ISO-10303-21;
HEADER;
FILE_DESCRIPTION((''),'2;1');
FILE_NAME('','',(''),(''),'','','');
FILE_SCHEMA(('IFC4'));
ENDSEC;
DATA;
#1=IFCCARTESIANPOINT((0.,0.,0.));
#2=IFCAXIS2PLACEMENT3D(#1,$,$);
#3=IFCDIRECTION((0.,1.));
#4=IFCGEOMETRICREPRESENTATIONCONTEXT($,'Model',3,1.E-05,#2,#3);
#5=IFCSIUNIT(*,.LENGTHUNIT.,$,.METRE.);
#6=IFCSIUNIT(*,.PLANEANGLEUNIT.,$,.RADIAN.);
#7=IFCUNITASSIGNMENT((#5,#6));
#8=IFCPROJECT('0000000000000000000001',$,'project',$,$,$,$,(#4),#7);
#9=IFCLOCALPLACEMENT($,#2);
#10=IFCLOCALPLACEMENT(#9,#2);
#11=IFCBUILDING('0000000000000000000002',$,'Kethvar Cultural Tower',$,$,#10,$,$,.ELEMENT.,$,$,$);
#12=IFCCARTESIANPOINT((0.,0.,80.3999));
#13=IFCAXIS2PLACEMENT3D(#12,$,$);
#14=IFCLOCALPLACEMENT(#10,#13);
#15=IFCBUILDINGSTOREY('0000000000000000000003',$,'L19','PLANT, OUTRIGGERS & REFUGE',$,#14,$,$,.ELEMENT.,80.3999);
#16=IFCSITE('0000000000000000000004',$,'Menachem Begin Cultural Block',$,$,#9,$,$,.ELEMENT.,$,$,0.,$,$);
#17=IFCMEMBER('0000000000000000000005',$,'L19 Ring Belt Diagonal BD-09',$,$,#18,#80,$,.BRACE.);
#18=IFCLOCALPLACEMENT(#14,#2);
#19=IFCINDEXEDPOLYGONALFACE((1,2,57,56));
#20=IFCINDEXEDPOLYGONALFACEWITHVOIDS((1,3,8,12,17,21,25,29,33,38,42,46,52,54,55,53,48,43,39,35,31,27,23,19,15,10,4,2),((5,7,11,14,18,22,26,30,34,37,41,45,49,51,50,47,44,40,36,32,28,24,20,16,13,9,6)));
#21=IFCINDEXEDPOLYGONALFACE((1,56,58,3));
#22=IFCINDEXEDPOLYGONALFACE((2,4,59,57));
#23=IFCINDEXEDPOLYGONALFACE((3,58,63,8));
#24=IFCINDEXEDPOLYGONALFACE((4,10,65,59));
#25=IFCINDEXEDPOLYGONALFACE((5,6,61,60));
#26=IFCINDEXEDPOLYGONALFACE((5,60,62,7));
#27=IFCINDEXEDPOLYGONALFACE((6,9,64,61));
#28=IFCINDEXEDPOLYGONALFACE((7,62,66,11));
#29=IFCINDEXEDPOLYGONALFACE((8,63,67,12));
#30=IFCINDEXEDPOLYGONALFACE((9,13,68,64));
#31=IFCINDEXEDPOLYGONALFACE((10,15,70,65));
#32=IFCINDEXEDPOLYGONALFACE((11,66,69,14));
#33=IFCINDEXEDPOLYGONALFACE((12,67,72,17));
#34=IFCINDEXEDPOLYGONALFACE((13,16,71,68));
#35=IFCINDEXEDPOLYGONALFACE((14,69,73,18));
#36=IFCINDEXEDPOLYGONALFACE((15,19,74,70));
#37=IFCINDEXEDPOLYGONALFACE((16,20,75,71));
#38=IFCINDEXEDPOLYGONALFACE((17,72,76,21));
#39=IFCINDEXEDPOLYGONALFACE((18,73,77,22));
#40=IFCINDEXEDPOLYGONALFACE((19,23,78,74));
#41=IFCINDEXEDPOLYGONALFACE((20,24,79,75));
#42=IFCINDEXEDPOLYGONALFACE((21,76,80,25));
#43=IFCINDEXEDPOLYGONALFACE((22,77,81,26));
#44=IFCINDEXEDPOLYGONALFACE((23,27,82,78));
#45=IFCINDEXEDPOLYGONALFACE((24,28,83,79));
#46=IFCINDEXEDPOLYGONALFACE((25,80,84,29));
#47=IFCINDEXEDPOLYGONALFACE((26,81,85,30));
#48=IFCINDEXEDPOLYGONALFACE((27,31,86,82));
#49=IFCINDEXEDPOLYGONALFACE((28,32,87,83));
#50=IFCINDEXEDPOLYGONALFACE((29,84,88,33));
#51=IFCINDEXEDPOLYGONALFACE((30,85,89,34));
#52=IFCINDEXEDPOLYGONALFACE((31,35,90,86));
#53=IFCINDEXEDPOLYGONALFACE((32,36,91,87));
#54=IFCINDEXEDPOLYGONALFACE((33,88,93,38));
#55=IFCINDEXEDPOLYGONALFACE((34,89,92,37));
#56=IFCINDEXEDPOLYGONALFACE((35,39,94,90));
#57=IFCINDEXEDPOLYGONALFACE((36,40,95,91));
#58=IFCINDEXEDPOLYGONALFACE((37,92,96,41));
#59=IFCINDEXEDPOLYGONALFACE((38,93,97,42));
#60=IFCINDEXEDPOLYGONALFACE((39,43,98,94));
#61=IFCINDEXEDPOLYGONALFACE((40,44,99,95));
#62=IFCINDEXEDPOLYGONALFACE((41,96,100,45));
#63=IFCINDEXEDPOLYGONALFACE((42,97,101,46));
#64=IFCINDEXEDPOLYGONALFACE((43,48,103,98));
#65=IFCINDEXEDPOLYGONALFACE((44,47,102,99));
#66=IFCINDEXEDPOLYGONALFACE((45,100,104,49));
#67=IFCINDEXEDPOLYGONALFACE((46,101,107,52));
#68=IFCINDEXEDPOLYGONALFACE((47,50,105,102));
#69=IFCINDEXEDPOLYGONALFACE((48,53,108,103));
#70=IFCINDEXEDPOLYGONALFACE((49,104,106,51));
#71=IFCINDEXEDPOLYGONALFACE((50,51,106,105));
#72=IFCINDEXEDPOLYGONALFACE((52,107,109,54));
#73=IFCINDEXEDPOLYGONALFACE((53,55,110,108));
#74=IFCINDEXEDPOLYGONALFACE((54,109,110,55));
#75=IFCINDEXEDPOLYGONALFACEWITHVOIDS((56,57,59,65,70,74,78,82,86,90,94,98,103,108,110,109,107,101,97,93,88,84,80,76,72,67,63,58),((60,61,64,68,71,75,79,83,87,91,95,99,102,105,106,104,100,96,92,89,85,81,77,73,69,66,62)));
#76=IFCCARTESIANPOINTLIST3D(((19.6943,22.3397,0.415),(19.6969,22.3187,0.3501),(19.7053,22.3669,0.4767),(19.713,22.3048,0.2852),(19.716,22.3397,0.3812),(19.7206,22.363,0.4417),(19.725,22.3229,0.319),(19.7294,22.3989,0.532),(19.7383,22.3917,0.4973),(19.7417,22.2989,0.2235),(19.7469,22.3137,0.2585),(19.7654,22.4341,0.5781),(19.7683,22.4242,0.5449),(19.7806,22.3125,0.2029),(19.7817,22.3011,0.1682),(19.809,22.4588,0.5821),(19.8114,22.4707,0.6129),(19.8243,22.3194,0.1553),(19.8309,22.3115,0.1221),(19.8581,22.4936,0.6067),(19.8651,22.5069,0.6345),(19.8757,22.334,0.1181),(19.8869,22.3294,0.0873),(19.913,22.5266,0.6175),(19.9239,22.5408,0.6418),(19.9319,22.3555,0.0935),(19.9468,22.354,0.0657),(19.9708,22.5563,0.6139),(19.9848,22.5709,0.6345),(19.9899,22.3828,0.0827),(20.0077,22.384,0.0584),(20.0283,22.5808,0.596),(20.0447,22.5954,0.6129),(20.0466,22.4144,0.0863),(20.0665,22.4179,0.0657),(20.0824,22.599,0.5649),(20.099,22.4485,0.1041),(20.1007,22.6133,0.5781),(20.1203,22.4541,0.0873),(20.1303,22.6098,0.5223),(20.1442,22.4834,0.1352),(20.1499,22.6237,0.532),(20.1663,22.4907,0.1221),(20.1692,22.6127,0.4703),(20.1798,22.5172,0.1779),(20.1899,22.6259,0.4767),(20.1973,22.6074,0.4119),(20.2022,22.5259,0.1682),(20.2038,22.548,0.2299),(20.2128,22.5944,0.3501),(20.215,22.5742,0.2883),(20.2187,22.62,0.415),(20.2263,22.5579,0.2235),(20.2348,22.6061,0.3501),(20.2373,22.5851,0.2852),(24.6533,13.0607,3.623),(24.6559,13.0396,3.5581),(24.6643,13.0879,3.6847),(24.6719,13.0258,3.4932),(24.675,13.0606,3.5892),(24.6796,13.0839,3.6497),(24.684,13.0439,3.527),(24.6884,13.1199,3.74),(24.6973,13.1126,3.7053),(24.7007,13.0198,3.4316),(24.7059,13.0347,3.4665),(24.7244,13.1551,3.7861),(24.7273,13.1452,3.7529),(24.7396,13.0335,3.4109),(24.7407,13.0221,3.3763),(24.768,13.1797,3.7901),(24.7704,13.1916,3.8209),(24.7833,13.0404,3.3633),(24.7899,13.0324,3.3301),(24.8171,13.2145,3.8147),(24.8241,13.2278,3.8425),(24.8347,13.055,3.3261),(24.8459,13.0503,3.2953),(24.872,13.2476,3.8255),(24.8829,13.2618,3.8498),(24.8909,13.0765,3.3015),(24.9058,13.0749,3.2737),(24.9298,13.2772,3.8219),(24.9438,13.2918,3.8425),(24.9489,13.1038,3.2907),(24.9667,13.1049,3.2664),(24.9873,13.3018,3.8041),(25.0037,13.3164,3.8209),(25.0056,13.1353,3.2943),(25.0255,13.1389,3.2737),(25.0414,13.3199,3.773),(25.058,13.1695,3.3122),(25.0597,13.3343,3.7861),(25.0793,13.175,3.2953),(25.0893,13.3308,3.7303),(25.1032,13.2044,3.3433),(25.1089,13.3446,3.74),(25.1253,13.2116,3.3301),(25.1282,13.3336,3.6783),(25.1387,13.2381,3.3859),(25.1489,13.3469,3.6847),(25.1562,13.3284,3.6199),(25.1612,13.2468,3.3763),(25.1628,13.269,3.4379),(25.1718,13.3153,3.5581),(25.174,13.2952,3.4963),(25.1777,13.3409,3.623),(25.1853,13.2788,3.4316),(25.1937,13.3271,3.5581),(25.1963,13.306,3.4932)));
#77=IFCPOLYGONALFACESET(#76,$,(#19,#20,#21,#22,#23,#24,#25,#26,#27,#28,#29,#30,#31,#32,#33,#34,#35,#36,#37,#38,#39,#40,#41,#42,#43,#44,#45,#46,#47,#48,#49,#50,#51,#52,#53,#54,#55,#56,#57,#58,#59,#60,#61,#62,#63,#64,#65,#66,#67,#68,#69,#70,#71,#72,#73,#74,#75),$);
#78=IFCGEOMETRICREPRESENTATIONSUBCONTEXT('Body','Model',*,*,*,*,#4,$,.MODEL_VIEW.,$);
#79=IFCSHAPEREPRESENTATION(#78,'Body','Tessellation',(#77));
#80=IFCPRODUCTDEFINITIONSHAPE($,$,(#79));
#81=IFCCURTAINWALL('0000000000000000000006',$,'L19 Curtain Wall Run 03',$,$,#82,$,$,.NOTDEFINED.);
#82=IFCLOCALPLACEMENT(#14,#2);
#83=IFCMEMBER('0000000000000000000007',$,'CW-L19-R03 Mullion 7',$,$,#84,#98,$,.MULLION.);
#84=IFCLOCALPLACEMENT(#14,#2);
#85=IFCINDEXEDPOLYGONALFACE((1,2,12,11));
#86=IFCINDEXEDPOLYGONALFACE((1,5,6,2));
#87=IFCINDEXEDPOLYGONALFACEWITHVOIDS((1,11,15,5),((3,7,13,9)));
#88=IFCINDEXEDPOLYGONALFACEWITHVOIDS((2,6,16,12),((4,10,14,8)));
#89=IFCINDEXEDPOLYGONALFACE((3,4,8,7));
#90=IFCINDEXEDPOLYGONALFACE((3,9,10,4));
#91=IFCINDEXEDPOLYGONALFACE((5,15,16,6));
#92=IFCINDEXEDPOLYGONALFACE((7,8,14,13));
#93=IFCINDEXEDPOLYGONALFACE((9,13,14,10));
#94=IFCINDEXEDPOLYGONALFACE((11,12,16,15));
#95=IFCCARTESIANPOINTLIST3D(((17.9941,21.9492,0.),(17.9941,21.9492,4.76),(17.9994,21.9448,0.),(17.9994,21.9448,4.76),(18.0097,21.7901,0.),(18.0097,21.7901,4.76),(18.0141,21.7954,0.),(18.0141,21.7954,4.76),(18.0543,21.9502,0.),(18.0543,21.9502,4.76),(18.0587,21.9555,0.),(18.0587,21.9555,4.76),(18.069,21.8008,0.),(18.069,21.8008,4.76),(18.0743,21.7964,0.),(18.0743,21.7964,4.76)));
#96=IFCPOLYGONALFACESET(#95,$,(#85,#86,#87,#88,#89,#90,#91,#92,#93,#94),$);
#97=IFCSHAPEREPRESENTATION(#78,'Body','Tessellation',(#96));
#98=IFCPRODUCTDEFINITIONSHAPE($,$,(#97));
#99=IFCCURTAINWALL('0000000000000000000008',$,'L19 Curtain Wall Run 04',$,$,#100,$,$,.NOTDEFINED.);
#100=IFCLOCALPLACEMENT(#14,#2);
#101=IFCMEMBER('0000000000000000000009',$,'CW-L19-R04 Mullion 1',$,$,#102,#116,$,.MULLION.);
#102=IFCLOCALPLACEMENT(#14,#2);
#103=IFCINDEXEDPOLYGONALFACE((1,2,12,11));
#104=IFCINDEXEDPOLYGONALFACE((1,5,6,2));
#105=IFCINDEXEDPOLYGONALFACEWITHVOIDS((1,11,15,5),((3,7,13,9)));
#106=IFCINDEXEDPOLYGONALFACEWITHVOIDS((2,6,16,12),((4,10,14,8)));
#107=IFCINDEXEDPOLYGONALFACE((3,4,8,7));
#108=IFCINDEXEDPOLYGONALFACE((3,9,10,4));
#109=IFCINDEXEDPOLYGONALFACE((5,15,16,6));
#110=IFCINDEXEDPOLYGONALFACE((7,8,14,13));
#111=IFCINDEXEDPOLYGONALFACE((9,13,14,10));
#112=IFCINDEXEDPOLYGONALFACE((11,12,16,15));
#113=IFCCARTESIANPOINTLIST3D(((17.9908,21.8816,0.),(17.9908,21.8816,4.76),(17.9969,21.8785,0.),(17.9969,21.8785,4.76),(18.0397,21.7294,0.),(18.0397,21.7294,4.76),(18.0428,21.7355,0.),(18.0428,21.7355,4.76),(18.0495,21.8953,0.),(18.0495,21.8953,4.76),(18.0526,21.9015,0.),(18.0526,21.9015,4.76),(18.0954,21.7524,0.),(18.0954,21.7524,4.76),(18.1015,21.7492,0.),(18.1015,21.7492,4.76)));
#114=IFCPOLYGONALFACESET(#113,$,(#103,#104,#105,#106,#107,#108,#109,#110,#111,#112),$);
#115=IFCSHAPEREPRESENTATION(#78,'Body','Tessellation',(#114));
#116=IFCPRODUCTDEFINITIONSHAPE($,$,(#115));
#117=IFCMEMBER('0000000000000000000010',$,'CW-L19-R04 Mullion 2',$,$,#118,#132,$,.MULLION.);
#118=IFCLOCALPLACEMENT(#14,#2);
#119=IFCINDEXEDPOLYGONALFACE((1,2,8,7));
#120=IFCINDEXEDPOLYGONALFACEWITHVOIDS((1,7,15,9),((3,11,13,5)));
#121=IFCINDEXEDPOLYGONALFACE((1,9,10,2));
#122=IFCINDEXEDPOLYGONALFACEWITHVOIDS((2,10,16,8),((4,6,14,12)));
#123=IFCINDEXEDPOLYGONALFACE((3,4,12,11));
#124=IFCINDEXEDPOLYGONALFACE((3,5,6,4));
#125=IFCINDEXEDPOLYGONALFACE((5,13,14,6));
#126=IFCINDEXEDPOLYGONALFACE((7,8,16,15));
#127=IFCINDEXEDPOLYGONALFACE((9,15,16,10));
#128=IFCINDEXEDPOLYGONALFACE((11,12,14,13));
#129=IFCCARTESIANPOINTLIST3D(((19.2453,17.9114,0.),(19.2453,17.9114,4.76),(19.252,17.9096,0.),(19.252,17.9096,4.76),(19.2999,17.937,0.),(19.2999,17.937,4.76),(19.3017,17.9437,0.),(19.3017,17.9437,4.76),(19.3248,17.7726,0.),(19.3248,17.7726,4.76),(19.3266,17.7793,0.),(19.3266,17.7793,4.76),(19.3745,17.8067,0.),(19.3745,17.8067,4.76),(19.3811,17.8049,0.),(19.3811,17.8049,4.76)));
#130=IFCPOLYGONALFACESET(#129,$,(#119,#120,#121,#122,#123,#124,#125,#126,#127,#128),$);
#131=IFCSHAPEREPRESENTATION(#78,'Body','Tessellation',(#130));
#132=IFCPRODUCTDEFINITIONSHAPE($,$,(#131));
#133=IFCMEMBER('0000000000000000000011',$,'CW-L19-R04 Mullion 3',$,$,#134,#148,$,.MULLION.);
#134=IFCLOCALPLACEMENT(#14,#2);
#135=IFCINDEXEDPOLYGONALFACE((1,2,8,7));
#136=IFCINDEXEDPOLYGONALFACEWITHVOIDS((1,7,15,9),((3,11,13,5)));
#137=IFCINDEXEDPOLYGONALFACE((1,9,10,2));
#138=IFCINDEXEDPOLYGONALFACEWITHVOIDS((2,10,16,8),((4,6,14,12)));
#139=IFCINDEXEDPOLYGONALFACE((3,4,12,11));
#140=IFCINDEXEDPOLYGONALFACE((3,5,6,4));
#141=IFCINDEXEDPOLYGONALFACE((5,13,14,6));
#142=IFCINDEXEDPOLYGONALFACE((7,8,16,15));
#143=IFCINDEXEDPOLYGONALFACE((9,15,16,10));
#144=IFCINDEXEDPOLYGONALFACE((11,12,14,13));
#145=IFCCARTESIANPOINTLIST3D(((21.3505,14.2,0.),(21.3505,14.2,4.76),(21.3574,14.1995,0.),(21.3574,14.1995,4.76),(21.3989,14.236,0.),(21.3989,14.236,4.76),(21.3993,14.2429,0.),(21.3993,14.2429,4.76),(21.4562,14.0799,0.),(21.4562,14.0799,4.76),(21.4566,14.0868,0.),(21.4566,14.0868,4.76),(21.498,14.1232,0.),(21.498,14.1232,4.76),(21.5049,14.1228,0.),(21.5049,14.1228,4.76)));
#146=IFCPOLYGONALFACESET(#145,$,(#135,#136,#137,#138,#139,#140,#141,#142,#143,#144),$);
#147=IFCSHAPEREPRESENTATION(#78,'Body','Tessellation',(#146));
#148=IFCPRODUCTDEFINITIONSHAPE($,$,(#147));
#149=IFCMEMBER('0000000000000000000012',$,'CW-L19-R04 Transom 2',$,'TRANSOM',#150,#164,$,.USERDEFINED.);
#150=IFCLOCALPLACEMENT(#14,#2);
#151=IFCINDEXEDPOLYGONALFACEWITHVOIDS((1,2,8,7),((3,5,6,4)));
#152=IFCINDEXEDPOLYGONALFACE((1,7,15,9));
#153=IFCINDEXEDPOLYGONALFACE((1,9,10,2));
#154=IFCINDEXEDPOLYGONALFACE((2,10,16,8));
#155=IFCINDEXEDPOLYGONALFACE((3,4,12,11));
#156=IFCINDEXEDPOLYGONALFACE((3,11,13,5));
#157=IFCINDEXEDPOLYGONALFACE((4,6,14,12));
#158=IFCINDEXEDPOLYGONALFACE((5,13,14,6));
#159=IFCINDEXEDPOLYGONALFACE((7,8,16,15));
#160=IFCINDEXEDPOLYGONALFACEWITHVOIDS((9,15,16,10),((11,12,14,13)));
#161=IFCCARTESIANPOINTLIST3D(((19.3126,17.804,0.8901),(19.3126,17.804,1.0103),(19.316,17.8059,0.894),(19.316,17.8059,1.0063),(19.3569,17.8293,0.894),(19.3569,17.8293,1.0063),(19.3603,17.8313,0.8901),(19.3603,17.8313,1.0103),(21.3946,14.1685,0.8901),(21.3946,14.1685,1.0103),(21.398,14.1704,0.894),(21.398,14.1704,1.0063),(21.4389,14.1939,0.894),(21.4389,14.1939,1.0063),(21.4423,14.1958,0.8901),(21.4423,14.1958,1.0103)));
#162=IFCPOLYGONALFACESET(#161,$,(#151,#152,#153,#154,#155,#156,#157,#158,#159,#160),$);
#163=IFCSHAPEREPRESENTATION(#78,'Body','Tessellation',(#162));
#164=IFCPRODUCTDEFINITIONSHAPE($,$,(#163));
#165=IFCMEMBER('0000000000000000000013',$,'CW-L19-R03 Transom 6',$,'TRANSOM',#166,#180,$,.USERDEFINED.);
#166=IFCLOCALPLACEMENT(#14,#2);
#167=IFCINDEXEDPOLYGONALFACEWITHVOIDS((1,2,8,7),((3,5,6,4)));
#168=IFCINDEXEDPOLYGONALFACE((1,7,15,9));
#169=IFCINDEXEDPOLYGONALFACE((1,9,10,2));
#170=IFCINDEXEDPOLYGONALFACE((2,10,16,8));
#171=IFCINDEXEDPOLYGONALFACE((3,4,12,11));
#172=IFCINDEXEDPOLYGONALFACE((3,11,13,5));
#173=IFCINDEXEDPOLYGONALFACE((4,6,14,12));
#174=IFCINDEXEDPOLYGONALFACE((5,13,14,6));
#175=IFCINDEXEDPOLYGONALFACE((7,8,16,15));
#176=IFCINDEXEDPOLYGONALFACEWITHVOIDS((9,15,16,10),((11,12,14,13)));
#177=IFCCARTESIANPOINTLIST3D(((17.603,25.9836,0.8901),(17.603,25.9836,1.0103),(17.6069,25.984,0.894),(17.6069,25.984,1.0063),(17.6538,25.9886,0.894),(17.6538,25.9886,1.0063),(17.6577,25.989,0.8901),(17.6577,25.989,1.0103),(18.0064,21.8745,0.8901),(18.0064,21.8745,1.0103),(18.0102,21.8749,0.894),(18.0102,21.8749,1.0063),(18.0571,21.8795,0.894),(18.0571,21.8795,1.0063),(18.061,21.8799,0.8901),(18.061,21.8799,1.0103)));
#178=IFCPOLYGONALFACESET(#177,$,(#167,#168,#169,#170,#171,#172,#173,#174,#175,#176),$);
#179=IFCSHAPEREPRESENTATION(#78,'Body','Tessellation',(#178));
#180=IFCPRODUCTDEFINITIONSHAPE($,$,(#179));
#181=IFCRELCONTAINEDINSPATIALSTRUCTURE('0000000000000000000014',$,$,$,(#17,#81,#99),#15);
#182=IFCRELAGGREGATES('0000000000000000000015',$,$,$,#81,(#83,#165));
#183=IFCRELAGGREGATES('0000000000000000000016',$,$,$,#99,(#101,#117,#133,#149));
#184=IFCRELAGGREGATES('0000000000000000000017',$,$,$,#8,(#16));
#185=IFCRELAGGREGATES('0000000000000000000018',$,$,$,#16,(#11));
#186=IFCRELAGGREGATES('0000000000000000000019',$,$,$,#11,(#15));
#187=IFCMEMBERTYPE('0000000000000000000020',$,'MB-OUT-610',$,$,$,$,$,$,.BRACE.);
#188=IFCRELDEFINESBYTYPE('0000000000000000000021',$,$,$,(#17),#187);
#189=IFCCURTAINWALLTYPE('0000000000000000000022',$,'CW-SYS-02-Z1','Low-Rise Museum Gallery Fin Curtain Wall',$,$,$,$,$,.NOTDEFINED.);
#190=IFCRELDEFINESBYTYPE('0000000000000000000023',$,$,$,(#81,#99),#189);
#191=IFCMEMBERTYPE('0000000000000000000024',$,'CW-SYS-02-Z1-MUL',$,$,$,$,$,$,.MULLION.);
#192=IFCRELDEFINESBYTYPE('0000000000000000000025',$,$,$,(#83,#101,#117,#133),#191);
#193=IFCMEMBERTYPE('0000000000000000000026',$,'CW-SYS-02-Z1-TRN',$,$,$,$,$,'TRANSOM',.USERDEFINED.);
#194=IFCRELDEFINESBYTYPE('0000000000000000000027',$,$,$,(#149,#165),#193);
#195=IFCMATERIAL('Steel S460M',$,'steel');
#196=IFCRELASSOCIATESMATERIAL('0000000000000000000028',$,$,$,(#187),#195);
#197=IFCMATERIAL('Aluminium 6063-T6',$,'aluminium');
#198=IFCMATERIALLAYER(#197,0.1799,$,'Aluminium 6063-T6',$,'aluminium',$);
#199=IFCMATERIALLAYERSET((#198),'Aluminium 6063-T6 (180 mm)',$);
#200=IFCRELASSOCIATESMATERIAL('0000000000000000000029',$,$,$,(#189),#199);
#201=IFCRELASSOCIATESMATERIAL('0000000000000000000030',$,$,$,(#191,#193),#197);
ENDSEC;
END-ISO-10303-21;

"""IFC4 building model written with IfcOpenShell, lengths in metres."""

from ifc_helpers import new_model, si_unit, direction, frame, origin, origin_2d, place, context, subcontext, project, spatial, hollow_rectangle, hollow_circle, extrude, source, transform, mapped, material, layer, layer_set, material_profile, profile_set, type_object, element, aggregate, save


model = new_model("IFC4")

# Units and contexts
model_context = context("Model", 3, precision=1e-05, world=origin(), true_north=direction((0.0, 1.0)))
body_context = subcontext(model_context, "Body", "Model", "MODEL_VIEW")
ifc_project = project(units=[si_unit("LENGTHUNIT", "METRE"), si_unit("PLANEANGLEUNIT", "RADIAN")], contexts=[model_context])

# Site, building, storey
site_placement = place(None, origin())
site = spatial("IfcSite", under=ifc_project, at=site_placement, Name="Menachem Begin Cultural Block", CompositionType="ELEMENT", RefElevation=0.0)
building_placement = place(site_placement, origin())
building = spatial("IfcBuilding", under=site, at=building_placement, Name="Kethvar Cultural Tower", CompositionType="ELEMENT")
storey_placement = place(building_placement, frame((0.0, 0.0, 80.3999)))
storey = spatial("IfcBuildingStorey", under=building, at=storey_placement, Name="L19", Description="PLANT, OUTRIGGERS & REFUGE", CompositionType="ELEMENT", Elevation=80.3999)

# Shared definitions
ifc_material_1 = material(Name="Steel S460M", Category="steel")

# Member
ifc_material_profile_1 = material_profile(ifc_material_1, hollow_circle(Radius=0.3049, WallThickness=0.0249, at=origin_2d()), Name="Steel S460M — CHS610x25")
ifc_profile_set_1 = profile_set([ifc_material_profile_1], Name="Steel S460M — CHS610x25")
member_type_1 = type_object("IfcMemberType", Name="MB-OUT-610", PredefinedType="BRACE", material=ifc_profile_set_1)
shared_shape_1 = source(origin(), body_context, "Body", "SweptSolid", [
    extrude(hollow_circle(Radius=0.3049, WallThickness=0.0249, at=origin_2d()), origin(), (0.0, 0.0, 1.0), 10.9993),
])
member_1_placement = place(storey_placement, frame((19.9658, 22.4624, 0.3501), z_axis=(0.450847, -0.843607, 0.291657), x_axis=(0.881952, 0.47134, 0.0)))
element("IfcMember", 1, at=member_1_placement, inside=storey, type_object=member_type_1, Name="L19 Ring Belt Diagonal BD-09", PredefinedType="BRACE", context=body_context, shape_type="MappedRepresentation", body=[
    mapped(shared_shape_1, transform((0.0, 0.0, 0.0), scale=1.0)),
])

# Curtain wall, member
ifc_material_2 = material(Name="Aluminium 6063-T6", Category="aluminium")
ifc_layer_1 = layer(ifc_material_2, 0.1799, Name="Aluminium 6063-T6", Category="aluminium")
ifc_layer_set_1 = layer_set([ifc_layer_1], Name="Aluminium 6063-T6 (180 mm)")
curtain_wall_type = type_object("IfcCurtainWallType", Name="CW-SYS-02-Z1", Description="Low-Rise Museum Gallery Fin Curtain Wall", PredefinedType="NOTDEFINED", material=ifc_layer_set_1)
curtain_wall_1_placement = place(storey_placement, origin())
curtain_wall_1 = element("IfcCurtainWall", 2, at=curtain_wall_1_placement, inside=storey, type_object=curtain_wall_type, Name="L19 Curtain Wall Run 03", PredefinedType="NOTDEFINED")
ifc_material_profile_2 = material_profile(ifc_material_2, hollow_rectangle(XDim=0.0649, YDim=0.1599, WallThickness=0.0049, at=origin_2d()), Name="Aluminium 6063-T6 — RHS160x65x5")
ifc_profile_set_2 = profile_set([ifc_material_profile_2], Name="Aluminium 6063-T6 — RHS160x65x5")
member_type_2 = type_object("IfcMemberType", Name="CW-SYS-02-Z1-MUL", PredefinedType="MULLION", material=ifc_profile_set_2)
shared_shape_2 = source(origin(), body_context, "Body", "SweptSolid", [
    extrude(hollow_rectangle(XDim=0.0649, YDim=0.1599, WallThickness=0.0049, at=origin_2d()), origin(), (0.0, 0.0, 1.0), 4.76),
])
member_2_placement = place(storey_placement, frame((18.0342, 21.8728, 0.0), z_axis=(0.0, 0.0, 1.0), x_axis=(0.995214, 0.097722, 0.0)))
member_2 = element("IfcMember", 3, at=member_2_placement, type_object=member_type_2, Name="CW-L19-R03 Mullion 7", PredefinedType="MULLION", context=body_context, shape_type="MappedRepresentation", body=[
    mapped(shared_shape_2, transform((0.0, 0.0, 0.0), scale=1.0)),
])

# Curtain wall, members
curtain_wall_2_placement = place(storey_placement, origin())
curtain_wall_2 = element("IfcCurtainWall", 4, at=curtain_wall_2_placement, inside=storey, type_object=curtain_wall_type, Name="L19 Curtain Wall Run 04", PredefinedType="NOTDEFINED")
member_3_placement = place(storey_placement, frame((18.0461, 21.8154, 0.0), z_axis=(0.0, 0.0, 1.0), x_axis=(0.952172, 0.305562, 0.0)))
member_3 = element("IfcMember", 5, at=member_3_placement, type_object=member_type_2, Name="CW-L19-R04 Mullion 1", PredefinedType="MULLION", context=body_context, shape_type="MappedRepresentation", body=[
    mapped(shared_shape_2, transform((0.0, 0.0, 0.0), scale=1.0)),
])
member_4_placement = place(storey_placement, frame((19.3132, 17.8582, 0.0), z_axis=(0.0, 0.0, 1.0), x_axis=(0.867765, 0.496974, 0.0)))
member_4 = element("IfcMember", 6, at=member_4_placement, type_object=member_type_2, Name="CW-L19-R04 Mullion 2", PredefinedType="MULLION", context=body_context, shape_type="MappedRepresentation", body=[
    mapped(shared_shape_2, transform((0.0, 0.0, 0.0), scale=1.0)),
])
member_5_placement = place(storey_placement, frame((21.4277, 14.1614, 0.0), z_axis=(0.0, 0.0, 1.0), x_axis=(0.750884, 0.660434, 0.0)))
member_5 = element("IfcMember", 7, at=member_5_placement, type_object=member_type_2, Name="CW-L19-R04 Mullion 3", PredefinedType="MULLION", context=body_context, shape_type="MappedRepresentation", body=[
    mapped(shared_shape_2, transform((0.0, 0.0, 0.0), scale=1.0)),
])
ifc_material_profile_3 = material_profile(ifc_material_2, hollow_rectangle(XDim=0.0549, YDim=0.1201, WallThickness=0.0039, at=origin_2d()), Name="Aluminium 6063-T6 — RHS120x55x4")
ifc_profile_set_3 = profile_set([ifc_material_profile_3], Name="Aluminium 6063-T6 — RHS120x55x4")
member_type_3 = type_object("IfcMemberType", Name="CW-SYS-02-Z1-TRN", ElementType="TRANSOM", PredefinedType="USERDEFINED", material=ifc_profile_set_3)
shared_shape_3 = source(origin(), body_context, "Body", "SweptSolid", [
    extrude(hollow_rectangle(XDim=0.0549, YDim=0.1201, WallThickness=0.0039, at=origin_2d()), origin(), (0.0, 0.0, 1.0), 4.1895),
])
member_6_placement = place(storey_placement, frame((19.3364, 17.8176, 0.9502), z_axis=(0.496967, -0.867769, 0.0), x_axis=(0.867769, 0.496967, 0.0)))
member_6 = element("IfcMember", 8, at=member_6_placement, type_object=member_type_3, Name="CW-L19-R04 Transom 2", ObjectType="TRANSOM", PredefinedType="USERDEFINED", context=body_context, shape_type="MappedRepresentation", body=[
    mapped(shared_shape_3, transform((0.0, 0.0, 0.0), scale=1.0)),
])

# Member
shared_shape_4 = source(origin(), body_context, "Body", "SweptSolid", [
    extrude(hollow_rectangle(XDim=0.0549, YDim=0.1201, WallThickness=0.0039, at=origin_2d()), origin(), (0.0, 0.0, 1.0), 4.1289),
])
member_7_placement = place(storey_placement, frame((17.6304, 25.9863, 0.9502), z_axis=(0.097683, -0.995218, 0.0), x_axis=(0.995218, 0.097683, 0.0)))
member_7 = element("IfcMember", 9, at=member_7_placement, type_object=member_type_3, Name="CW-L19-R03 Transom 6", ObjectType="TRANSOM", PredefinedType="USERDEFINED", context=body_context, shape_type="MappedRepresentation", body=[
    mapped(shared_shape_4, transform((0.0, 0.0, 0.0), scale=1.0)),
])

aggregate(curtain_wall_1, [member_2, member_7])
aggregate(curtain_wall_2, [member_3, member_4, member_5, member_6])

save(model, "model.ifc")
